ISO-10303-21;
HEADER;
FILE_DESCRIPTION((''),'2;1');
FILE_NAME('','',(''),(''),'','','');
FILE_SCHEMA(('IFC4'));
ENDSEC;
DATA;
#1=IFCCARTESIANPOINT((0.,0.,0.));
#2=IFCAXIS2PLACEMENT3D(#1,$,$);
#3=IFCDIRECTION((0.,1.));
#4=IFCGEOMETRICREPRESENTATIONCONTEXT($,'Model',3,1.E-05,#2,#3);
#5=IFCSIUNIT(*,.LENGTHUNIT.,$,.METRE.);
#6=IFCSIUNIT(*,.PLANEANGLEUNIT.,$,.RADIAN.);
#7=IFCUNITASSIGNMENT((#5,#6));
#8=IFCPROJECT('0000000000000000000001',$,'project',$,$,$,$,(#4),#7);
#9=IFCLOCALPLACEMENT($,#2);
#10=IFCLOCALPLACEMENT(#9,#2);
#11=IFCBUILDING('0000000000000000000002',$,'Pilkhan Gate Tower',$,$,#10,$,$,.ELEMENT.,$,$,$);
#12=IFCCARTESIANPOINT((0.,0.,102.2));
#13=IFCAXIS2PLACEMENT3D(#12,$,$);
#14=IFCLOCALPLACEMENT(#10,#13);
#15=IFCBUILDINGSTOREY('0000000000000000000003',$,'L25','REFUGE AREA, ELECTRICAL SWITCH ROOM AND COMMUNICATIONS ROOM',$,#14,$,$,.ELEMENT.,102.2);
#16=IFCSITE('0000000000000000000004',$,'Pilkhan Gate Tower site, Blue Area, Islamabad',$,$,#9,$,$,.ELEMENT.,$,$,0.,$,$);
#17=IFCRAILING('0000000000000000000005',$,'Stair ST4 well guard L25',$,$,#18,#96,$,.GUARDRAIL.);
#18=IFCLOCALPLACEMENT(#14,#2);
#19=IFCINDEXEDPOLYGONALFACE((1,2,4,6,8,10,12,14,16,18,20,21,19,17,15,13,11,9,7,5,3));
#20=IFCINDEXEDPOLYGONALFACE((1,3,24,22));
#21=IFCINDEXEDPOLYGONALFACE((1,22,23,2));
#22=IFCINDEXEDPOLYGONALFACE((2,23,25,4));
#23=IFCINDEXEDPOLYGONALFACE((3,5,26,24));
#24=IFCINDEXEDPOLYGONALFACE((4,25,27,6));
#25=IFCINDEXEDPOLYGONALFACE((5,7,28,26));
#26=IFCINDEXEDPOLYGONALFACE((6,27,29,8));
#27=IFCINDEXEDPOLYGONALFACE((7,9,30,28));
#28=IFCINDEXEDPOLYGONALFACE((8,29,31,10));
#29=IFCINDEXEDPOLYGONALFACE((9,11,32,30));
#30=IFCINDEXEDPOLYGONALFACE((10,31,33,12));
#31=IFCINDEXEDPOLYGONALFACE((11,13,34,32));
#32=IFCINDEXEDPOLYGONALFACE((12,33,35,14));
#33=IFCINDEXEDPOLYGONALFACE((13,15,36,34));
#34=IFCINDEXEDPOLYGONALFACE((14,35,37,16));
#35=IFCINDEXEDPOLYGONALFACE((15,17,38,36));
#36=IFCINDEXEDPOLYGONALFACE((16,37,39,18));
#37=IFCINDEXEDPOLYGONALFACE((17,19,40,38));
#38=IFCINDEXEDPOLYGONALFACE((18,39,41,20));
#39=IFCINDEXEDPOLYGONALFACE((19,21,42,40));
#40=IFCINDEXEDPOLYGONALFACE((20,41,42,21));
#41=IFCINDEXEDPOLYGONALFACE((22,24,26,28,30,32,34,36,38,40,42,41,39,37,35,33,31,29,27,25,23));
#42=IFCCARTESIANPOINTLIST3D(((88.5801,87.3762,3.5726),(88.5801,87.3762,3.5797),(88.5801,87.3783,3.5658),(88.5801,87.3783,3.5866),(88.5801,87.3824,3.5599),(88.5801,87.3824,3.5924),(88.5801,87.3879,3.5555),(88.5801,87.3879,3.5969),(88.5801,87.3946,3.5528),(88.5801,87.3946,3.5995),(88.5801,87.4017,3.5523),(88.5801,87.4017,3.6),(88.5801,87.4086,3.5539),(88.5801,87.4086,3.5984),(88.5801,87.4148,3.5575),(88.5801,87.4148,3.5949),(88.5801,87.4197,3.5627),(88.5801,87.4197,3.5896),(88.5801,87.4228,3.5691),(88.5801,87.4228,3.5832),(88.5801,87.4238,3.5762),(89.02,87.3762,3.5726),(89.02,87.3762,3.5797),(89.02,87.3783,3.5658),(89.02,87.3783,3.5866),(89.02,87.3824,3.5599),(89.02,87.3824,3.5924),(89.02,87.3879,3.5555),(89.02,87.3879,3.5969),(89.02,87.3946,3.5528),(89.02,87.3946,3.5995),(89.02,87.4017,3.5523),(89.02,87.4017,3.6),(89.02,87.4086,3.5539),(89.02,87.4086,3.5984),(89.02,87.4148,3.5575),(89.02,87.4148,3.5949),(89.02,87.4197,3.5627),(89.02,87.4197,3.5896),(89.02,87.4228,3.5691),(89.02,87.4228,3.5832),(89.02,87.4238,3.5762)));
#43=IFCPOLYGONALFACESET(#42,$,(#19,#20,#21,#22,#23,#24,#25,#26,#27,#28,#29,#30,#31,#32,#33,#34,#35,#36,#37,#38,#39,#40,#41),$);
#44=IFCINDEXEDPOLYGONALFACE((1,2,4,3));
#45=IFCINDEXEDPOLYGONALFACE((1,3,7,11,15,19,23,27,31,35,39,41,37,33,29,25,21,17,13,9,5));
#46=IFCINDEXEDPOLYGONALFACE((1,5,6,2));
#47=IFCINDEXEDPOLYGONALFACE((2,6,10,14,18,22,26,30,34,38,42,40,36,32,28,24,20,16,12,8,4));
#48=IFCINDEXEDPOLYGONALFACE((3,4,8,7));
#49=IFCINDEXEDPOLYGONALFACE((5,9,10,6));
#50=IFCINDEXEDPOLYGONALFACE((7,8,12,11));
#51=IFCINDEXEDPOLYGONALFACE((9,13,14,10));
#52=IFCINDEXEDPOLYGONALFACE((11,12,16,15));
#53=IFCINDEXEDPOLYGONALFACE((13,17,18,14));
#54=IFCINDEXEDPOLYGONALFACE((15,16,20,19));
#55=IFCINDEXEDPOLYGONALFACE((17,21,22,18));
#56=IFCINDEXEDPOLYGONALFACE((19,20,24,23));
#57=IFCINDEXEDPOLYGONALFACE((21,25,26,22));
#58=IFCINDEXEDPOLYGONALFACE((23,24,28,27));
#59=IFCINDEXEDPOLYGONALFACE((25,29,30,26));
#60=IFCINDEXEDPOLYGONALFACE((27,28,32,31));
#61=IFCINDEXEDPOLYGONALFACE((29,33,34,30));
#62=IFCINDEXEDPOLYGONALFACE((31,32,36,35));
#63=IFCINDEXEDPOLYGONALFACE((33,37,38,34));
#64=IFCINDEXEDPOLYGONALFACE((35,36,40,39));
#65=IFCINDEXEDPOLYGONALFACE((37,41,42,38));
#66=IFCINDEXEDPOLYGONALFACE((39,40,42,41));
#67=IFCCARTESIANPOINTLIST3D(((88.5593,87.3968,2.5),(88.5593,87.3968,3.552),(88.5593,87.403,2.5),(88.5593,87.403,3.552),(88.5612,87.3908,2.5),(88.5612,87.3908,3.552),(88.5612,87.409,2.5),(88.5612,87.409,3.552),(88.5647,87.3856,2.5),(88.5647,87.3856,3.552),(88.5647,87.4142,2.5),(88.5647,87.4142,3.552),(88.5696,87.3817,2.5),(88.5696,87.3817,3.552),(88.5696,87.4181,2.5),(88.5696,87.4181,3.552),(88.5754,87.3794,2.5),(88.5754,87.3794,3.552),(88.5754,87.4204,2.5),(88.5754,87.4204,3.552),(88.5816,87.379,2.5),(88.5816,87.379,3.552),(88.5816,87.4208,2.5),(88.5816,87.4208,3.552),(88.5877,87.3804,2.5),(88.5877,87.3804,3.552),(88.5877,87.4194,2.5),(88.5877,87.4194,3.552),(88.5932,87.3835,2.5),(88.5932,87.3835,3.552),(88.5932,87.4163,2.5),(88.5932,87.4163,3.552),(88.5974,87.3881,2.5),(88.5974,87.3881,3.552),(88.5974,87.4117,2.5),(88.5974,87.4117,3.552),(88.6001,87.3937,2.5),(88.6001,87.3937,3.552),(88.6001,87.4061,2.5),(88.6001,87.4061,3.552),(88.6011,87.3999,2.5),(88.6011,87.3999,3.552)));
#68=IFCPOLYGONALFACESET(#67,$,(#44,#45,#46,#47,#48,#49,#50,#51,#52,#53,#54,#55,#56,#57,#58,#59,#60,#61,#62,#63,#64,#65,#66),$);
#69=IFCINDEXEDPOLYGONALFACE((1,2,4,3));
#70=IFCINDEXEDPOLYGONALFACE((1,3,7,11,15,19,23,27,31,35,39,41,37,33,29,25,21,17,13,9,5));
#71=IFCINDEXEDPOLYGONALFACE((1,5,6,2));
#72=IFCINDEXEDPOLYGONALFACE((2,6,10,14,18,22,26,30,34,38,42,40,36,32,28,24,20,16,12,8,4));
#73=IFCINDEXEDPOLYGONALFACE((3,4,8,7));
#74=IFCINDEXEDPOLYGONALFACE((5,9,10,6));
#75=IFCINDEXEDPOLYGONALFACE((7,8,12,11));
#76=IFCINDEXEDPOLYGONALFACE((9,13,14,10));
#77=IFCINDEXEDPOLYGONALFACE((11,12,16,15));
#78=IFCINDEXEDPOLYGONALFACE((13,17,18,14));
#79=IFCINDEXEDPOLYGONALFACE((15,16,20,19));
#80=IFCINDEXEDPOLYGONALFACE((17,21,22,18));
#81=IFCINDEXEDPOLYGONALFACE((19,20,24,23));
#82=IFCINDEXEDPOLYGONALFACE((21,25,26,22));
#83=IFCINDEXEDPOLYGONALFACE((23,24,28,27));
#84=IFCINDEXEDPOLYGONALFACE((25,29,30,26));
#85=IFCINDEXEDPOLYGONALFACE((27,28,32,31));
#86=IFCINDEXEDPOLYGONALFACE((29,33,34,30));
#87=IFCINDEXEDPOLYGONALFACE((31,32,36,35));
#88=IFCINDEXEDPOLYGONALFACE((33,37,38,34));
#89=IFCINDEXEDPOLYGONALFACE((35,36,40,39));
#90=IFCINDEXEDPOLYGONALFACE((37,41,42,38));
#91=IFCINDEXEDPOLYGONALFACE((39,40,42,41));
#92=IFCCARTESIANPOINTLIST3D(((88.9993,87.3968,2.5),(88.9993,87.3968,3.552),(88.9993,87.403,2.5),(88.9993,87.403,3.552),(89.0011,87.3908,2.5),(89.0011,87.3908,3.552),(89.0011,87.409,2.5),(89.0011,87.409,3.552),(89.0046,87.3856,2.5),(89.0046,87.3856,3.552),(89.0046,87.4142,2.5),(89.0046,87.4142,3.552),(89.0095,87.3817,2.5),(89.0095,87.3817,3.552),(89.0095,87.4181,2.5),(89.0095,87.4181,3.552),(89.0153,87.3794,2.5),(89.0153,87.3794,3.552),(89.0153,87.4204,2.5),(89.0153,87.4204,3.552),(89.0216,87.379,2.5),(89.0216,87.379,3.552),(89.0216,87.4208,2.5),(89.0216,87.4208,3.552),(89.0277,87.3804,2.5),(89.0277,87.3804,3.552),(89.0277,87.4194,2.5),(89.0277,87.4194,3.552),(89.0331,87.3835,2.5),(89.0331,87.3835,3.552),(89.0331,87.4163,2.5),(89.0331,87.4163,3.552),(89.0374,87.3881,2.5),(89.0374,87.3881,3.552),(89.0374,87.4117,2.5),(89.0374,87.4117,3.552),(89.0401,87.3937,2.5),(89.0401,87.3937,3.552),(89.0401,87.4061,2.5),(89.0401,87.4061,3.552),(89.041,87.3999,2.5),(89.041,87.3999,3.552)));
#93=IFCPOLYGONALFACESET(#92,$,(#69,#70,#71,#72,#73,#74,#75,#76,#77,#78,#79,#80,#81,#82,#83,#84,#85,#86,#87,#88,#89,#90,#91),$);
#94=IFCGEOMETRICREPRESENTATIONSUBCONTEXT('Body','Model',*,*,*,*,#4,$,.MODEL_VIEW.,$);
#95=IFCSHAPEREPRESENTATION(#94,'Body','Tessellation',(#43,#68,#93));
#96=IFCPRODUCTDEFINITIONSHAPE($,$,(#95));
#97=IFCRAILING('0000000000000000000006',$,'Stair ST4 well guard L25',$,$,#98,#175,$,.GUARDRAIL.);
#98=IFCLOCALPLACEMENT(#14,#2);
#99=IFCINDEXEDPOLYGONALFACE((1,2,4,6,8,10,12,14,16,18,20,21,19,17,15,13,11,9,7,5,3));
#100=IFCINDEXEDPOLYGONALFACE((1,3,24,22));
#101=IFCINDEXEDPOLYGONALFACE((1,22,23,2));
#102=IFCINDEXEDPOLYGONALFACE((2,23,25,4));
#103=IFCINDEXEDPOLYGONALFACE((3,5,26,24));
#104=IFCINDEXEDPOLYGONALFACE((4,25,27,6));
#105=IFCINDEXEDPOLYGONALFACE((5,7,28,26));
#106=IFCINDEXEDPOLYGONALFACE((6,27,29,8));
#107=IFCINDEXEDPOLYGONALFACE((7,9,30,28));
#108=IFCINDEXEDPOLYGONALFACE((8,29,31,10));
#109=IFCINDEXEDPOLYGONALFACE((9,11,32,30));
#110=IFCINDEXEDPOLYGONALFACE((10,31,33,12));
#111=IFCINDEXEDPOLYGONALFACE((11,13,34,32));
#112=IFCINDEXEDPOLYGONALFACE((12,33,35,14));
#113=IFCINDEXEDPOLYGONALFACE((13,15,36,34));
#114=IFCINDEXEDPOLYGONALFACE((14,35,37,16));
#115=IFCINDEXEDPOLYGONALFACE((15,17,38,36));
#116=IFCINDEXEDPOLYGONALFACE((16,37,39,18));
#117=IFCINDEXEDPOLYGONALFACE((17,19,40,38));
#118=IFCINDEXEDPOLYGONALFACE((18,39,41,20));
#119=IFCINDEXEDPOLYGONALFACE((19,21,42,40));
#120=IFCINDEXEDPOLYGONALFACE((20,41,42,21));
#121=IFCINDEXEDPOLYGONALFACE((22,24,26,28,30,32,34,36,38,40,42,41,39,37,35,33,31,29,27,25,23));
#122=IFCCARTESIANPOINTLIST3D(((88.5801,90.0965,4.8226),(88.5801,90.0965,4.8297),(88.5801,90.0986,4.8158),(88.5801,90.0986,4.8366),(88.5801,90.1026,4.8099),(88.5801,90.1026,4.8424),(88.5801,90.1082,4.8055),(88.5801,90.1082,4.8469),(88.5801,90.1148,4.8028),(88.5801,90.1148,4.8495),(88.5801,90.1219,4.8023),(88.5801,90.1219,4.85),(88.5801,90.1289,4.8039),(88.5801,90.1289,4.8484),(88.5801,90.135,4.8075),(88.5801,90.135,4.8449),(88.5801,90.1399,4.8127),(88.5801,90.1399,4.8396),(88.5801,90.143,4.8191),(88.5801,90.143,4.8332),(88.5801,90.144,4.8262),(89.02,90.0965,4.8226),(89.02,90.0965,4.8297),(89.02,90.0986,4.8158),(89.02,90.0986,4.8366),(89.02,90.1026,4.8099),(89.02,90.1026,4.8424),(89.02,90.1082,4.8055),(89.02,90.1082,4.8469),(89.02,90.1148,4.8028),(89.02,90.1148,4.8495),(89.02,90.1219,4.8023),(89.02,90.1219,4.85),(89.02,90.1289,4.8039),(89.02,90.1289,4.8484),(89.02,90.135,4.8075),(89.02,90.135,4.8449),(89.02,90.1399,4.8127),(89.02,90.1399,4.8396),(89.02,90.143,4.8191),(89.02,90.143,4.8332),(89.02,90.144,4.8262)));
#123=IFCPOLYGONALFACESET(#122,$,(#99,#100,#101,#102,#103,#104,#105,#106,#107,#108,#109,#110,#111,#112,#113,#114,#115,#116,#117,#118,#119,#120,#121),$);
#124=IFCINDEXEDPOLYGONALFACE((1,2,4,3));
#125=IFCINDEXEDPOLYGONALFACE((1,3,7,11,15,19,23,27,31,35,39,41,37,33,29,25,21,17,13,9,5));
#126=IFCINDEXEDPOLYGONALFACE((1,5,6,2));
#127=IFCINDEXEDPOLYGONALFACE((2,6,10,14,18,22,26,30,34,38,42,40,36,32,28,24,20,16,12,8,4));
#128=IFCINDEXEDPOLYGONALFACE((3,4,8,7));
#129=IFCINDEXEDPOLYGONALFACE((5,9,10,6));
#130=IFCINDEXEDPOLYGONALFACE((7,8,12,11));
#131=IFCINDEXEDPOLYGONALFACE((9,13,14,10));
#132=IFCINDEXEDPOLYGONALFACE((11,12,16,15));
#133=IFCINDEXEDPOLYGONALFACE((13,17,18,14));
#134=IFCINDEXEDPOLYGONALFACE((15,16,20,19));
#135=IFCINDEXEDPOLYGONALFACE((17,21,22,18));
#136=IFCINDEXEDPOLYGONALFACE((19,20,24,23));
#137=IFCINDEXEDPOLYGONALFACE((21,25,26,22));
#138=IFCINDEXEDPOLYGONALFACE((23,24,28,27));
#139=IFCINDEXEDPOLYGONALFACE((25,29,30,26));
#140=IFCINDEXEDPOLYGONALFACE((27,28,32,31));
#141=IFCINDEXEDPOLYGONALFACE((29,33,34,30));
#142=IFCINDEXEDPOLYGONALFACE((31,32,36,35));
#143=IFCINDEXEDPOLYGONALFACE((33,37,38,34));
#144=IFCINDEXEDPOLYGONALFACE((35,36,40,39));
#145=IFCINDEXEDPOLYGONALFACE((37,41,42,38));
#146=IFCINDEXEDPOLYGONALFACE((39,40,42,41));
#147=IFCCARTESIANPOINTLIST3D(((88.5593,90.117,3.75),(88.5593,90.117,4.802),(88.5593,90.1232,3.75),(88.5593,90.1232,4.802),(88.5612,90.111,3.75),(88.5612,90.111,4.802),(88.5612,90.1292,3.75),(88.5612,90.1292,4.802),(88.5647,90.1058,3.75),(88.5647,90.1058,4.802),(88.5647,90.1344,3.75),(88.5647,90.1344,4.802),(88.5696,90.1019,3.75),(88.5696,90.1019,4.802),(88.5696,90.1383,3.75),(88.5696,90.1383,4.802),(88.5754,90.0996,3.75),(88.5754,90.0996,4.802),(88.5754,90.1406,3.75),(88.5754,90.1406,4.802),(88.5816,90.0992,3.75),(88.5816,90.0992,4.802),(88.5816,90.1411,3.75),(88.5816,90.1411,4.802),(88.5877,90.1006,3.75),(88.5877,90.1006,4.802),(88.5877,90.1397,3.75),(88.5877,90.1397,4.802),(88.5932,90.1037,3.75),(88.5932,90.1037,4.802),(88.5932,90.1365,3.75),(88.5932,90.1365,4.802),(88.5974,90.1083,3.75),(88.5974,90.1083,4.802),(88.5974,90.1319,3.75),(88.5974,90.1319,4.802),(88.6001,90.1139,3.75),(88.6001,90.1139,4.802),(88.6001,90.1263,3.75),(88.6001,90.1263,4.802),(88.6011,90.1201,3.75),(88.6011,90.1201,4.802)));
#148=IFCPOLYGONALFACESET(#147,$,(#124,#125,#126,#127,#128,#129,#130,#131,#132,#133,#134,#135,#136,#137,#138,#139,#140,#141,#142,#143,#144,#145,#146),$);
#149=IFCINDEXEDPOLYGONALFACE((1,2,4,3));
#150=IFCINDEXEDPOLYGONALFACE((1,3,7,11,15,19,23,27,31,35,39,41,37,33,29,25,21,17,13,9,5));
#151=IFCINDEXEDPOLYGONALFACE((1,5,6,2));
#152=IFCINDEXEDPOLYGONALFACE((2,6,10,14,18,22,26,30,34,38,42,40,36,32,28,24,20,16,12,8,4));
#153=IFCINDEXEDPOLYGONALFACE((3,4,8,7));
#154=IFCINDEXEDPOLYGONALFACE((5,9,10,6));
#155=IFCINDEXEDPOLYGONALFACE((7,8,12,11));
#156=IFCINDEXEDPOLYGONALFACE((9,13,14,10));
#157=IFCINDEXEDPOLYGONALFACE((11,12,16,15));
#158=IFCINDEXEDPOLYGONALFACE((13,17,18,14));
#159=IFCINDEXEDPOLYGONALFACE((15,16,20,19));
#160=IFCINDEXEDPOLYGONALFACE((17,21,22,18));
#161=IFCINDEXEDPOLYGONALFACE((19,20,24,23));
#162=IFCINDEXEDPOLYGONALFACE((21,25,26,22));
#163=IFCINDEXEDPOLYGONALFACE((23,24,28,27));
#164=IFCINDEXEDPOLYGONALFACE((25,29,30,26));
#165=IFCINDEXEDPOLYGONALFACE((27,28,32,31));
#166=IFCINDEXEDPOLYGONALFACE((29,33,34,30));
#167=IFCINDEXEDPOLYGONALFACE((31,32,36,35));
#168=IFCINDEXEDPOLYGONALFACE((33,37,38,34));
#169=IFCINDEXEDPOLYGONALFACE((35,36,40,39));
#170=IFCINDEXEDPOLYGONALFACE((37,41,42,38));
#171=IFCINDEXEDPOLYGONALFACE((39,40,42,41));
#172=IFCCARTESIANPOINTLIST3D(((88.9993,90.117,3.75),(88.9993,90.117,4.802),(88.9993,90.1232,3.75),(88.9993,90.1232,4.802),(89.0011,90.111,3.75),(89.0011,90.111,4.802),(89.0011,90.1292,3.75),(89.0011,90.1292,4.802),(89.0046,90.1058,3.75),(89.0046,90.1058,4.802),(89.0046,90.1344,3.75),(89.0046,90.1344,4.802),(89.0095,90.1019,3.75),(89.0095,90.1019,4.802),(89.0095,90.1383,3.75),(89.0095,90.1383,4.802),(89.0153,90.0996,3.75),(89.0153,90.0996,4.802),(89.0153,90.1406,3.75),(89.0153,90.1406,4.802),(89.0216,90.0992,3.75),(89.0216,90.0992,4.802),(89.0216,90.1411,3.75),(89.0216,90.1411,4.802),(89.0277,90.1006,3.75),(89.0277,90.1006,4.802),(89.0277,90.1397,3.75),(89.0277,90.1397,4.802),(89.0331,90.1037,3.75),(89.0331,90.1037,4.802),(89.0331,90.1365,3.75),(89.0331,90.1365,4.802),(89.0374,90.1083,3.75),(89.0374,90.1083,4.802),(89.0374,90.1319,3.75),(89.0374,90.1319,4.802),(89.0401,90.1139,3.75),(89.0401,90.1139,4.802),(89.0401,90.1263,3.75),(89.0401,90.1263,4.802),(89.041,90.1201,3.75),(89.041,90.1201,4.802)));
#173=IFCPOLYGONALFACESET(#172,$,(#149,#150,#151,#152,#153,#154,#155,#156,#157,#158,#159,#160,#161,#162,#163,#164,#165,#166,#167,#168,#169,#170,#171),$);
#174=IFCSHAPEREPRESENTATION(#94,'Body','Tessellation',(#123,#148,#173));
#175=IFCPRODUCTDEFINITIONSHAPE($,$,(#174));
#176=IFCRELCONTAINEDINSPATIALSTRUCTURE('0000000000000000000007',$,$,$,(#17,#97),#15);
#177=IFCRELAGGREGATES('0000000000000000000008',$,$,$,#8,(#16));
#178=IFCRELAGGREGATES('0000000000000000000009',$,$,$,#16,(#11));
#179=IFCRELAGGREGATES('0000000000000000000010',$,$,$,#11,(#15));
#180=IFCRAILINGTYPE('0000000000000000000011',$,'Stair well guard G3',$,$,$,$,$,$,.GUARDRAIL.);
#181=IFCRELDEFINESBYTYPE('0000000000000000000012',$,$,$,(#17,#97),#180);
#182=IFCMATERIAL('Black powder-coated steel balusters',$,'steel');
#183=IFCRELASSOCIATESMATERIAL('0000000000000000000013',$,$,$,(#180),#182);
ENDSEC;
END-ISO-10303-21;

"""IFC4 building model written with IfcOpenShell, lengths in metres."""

from ifc_helpers import new_model, si_unit, direction, frame, origin, origin_2d, place, context, subcontext, project, spatial, circle, extrude, material, type_object, element, save


model = new_model("IFC4")

# Units and contexts
model_context = context("Model", 3, precision=1e-05, world=origin(), true_north=direction((0.0, 1.0)))
body_context = subcontext(model_context, "Body", "Model", "MODEL_VIEW")
ifc_project = project(units=[si_unit("LENGTHUNIT", "METRE"), si_unit("PLANEANGLEUNIT", "RADIAN")], contexts=[model_context])

# Site, building, storey
site_placement = place(None, origin())
site = spatial("IfcSite", under=ifc_project, at=site_placement, Name="Pilkhan Gate Tower site, Blue Area, Islamabad", CompositionType="ELEMENT", RefElevation=0.0)
building_placement = place(site_placement, origin())
building = spatial("IfcBuilding", under=site, at=building_placement, Name="Pilkhan Gate Tower", CompositionType="ELEMENT")
storey_placement = place(building_placement, frame((0.0, 0.0, 102.2)))
storey = spatial("IfcBuildingStorey", under=building, at=storey_placement, Name="L25", Description="REFUGE AREA, ELECTRICAL SWITCH ROOM AND COMMUNICATIONS ROOM", CompositionType="ELEMENT", Elevation=102.2)

# Railings
ifc_material_1 = material(Name="Black powder-coated steel balusters", Category="steel")
railing_type_1 = type_object("IfcRailingType", Name="Stair well guard G3", PredefinedType="GUARDRAIL", material=ifc_material_1)
for number, where, name in (
    (1, (88.5801, 87.3999, 2.5), "Stair ST4 well guard L25"),
    (2, (88.5801, 90.1201, 3.75), "Stair ST4 well guard L25"),
):
    element("IfcRailing", number, at=place(storey_placement, frame(where)), inside=storey, type_object=railing_type_1, Name=name, PredefinedType="GUARDRAIL", context=body_context, shape_type="SweptSolid", body=[
        extrude(circle(Radius=0.0239, at=origin_2d()), frame((0.0, 0.0, 1.0762), z_axis=(1.0, 0.0, 0.0), x_axis=(0.0, 1.0, 0.0)), (0.0, 0.0, 1.0), 0.4399),
        extrude(circle(Radius=0.021, at=origin_2d()), origin(), (0.0, 0.0, 1.0), 1.052),
        extrude(circle(Radius=0.021, at=origin_2d()), frame((0.4399, 0.0, 0.0)), (0.0, 0.0, 1.0), 1.052),
    ])

save(model, "model.ifc")
